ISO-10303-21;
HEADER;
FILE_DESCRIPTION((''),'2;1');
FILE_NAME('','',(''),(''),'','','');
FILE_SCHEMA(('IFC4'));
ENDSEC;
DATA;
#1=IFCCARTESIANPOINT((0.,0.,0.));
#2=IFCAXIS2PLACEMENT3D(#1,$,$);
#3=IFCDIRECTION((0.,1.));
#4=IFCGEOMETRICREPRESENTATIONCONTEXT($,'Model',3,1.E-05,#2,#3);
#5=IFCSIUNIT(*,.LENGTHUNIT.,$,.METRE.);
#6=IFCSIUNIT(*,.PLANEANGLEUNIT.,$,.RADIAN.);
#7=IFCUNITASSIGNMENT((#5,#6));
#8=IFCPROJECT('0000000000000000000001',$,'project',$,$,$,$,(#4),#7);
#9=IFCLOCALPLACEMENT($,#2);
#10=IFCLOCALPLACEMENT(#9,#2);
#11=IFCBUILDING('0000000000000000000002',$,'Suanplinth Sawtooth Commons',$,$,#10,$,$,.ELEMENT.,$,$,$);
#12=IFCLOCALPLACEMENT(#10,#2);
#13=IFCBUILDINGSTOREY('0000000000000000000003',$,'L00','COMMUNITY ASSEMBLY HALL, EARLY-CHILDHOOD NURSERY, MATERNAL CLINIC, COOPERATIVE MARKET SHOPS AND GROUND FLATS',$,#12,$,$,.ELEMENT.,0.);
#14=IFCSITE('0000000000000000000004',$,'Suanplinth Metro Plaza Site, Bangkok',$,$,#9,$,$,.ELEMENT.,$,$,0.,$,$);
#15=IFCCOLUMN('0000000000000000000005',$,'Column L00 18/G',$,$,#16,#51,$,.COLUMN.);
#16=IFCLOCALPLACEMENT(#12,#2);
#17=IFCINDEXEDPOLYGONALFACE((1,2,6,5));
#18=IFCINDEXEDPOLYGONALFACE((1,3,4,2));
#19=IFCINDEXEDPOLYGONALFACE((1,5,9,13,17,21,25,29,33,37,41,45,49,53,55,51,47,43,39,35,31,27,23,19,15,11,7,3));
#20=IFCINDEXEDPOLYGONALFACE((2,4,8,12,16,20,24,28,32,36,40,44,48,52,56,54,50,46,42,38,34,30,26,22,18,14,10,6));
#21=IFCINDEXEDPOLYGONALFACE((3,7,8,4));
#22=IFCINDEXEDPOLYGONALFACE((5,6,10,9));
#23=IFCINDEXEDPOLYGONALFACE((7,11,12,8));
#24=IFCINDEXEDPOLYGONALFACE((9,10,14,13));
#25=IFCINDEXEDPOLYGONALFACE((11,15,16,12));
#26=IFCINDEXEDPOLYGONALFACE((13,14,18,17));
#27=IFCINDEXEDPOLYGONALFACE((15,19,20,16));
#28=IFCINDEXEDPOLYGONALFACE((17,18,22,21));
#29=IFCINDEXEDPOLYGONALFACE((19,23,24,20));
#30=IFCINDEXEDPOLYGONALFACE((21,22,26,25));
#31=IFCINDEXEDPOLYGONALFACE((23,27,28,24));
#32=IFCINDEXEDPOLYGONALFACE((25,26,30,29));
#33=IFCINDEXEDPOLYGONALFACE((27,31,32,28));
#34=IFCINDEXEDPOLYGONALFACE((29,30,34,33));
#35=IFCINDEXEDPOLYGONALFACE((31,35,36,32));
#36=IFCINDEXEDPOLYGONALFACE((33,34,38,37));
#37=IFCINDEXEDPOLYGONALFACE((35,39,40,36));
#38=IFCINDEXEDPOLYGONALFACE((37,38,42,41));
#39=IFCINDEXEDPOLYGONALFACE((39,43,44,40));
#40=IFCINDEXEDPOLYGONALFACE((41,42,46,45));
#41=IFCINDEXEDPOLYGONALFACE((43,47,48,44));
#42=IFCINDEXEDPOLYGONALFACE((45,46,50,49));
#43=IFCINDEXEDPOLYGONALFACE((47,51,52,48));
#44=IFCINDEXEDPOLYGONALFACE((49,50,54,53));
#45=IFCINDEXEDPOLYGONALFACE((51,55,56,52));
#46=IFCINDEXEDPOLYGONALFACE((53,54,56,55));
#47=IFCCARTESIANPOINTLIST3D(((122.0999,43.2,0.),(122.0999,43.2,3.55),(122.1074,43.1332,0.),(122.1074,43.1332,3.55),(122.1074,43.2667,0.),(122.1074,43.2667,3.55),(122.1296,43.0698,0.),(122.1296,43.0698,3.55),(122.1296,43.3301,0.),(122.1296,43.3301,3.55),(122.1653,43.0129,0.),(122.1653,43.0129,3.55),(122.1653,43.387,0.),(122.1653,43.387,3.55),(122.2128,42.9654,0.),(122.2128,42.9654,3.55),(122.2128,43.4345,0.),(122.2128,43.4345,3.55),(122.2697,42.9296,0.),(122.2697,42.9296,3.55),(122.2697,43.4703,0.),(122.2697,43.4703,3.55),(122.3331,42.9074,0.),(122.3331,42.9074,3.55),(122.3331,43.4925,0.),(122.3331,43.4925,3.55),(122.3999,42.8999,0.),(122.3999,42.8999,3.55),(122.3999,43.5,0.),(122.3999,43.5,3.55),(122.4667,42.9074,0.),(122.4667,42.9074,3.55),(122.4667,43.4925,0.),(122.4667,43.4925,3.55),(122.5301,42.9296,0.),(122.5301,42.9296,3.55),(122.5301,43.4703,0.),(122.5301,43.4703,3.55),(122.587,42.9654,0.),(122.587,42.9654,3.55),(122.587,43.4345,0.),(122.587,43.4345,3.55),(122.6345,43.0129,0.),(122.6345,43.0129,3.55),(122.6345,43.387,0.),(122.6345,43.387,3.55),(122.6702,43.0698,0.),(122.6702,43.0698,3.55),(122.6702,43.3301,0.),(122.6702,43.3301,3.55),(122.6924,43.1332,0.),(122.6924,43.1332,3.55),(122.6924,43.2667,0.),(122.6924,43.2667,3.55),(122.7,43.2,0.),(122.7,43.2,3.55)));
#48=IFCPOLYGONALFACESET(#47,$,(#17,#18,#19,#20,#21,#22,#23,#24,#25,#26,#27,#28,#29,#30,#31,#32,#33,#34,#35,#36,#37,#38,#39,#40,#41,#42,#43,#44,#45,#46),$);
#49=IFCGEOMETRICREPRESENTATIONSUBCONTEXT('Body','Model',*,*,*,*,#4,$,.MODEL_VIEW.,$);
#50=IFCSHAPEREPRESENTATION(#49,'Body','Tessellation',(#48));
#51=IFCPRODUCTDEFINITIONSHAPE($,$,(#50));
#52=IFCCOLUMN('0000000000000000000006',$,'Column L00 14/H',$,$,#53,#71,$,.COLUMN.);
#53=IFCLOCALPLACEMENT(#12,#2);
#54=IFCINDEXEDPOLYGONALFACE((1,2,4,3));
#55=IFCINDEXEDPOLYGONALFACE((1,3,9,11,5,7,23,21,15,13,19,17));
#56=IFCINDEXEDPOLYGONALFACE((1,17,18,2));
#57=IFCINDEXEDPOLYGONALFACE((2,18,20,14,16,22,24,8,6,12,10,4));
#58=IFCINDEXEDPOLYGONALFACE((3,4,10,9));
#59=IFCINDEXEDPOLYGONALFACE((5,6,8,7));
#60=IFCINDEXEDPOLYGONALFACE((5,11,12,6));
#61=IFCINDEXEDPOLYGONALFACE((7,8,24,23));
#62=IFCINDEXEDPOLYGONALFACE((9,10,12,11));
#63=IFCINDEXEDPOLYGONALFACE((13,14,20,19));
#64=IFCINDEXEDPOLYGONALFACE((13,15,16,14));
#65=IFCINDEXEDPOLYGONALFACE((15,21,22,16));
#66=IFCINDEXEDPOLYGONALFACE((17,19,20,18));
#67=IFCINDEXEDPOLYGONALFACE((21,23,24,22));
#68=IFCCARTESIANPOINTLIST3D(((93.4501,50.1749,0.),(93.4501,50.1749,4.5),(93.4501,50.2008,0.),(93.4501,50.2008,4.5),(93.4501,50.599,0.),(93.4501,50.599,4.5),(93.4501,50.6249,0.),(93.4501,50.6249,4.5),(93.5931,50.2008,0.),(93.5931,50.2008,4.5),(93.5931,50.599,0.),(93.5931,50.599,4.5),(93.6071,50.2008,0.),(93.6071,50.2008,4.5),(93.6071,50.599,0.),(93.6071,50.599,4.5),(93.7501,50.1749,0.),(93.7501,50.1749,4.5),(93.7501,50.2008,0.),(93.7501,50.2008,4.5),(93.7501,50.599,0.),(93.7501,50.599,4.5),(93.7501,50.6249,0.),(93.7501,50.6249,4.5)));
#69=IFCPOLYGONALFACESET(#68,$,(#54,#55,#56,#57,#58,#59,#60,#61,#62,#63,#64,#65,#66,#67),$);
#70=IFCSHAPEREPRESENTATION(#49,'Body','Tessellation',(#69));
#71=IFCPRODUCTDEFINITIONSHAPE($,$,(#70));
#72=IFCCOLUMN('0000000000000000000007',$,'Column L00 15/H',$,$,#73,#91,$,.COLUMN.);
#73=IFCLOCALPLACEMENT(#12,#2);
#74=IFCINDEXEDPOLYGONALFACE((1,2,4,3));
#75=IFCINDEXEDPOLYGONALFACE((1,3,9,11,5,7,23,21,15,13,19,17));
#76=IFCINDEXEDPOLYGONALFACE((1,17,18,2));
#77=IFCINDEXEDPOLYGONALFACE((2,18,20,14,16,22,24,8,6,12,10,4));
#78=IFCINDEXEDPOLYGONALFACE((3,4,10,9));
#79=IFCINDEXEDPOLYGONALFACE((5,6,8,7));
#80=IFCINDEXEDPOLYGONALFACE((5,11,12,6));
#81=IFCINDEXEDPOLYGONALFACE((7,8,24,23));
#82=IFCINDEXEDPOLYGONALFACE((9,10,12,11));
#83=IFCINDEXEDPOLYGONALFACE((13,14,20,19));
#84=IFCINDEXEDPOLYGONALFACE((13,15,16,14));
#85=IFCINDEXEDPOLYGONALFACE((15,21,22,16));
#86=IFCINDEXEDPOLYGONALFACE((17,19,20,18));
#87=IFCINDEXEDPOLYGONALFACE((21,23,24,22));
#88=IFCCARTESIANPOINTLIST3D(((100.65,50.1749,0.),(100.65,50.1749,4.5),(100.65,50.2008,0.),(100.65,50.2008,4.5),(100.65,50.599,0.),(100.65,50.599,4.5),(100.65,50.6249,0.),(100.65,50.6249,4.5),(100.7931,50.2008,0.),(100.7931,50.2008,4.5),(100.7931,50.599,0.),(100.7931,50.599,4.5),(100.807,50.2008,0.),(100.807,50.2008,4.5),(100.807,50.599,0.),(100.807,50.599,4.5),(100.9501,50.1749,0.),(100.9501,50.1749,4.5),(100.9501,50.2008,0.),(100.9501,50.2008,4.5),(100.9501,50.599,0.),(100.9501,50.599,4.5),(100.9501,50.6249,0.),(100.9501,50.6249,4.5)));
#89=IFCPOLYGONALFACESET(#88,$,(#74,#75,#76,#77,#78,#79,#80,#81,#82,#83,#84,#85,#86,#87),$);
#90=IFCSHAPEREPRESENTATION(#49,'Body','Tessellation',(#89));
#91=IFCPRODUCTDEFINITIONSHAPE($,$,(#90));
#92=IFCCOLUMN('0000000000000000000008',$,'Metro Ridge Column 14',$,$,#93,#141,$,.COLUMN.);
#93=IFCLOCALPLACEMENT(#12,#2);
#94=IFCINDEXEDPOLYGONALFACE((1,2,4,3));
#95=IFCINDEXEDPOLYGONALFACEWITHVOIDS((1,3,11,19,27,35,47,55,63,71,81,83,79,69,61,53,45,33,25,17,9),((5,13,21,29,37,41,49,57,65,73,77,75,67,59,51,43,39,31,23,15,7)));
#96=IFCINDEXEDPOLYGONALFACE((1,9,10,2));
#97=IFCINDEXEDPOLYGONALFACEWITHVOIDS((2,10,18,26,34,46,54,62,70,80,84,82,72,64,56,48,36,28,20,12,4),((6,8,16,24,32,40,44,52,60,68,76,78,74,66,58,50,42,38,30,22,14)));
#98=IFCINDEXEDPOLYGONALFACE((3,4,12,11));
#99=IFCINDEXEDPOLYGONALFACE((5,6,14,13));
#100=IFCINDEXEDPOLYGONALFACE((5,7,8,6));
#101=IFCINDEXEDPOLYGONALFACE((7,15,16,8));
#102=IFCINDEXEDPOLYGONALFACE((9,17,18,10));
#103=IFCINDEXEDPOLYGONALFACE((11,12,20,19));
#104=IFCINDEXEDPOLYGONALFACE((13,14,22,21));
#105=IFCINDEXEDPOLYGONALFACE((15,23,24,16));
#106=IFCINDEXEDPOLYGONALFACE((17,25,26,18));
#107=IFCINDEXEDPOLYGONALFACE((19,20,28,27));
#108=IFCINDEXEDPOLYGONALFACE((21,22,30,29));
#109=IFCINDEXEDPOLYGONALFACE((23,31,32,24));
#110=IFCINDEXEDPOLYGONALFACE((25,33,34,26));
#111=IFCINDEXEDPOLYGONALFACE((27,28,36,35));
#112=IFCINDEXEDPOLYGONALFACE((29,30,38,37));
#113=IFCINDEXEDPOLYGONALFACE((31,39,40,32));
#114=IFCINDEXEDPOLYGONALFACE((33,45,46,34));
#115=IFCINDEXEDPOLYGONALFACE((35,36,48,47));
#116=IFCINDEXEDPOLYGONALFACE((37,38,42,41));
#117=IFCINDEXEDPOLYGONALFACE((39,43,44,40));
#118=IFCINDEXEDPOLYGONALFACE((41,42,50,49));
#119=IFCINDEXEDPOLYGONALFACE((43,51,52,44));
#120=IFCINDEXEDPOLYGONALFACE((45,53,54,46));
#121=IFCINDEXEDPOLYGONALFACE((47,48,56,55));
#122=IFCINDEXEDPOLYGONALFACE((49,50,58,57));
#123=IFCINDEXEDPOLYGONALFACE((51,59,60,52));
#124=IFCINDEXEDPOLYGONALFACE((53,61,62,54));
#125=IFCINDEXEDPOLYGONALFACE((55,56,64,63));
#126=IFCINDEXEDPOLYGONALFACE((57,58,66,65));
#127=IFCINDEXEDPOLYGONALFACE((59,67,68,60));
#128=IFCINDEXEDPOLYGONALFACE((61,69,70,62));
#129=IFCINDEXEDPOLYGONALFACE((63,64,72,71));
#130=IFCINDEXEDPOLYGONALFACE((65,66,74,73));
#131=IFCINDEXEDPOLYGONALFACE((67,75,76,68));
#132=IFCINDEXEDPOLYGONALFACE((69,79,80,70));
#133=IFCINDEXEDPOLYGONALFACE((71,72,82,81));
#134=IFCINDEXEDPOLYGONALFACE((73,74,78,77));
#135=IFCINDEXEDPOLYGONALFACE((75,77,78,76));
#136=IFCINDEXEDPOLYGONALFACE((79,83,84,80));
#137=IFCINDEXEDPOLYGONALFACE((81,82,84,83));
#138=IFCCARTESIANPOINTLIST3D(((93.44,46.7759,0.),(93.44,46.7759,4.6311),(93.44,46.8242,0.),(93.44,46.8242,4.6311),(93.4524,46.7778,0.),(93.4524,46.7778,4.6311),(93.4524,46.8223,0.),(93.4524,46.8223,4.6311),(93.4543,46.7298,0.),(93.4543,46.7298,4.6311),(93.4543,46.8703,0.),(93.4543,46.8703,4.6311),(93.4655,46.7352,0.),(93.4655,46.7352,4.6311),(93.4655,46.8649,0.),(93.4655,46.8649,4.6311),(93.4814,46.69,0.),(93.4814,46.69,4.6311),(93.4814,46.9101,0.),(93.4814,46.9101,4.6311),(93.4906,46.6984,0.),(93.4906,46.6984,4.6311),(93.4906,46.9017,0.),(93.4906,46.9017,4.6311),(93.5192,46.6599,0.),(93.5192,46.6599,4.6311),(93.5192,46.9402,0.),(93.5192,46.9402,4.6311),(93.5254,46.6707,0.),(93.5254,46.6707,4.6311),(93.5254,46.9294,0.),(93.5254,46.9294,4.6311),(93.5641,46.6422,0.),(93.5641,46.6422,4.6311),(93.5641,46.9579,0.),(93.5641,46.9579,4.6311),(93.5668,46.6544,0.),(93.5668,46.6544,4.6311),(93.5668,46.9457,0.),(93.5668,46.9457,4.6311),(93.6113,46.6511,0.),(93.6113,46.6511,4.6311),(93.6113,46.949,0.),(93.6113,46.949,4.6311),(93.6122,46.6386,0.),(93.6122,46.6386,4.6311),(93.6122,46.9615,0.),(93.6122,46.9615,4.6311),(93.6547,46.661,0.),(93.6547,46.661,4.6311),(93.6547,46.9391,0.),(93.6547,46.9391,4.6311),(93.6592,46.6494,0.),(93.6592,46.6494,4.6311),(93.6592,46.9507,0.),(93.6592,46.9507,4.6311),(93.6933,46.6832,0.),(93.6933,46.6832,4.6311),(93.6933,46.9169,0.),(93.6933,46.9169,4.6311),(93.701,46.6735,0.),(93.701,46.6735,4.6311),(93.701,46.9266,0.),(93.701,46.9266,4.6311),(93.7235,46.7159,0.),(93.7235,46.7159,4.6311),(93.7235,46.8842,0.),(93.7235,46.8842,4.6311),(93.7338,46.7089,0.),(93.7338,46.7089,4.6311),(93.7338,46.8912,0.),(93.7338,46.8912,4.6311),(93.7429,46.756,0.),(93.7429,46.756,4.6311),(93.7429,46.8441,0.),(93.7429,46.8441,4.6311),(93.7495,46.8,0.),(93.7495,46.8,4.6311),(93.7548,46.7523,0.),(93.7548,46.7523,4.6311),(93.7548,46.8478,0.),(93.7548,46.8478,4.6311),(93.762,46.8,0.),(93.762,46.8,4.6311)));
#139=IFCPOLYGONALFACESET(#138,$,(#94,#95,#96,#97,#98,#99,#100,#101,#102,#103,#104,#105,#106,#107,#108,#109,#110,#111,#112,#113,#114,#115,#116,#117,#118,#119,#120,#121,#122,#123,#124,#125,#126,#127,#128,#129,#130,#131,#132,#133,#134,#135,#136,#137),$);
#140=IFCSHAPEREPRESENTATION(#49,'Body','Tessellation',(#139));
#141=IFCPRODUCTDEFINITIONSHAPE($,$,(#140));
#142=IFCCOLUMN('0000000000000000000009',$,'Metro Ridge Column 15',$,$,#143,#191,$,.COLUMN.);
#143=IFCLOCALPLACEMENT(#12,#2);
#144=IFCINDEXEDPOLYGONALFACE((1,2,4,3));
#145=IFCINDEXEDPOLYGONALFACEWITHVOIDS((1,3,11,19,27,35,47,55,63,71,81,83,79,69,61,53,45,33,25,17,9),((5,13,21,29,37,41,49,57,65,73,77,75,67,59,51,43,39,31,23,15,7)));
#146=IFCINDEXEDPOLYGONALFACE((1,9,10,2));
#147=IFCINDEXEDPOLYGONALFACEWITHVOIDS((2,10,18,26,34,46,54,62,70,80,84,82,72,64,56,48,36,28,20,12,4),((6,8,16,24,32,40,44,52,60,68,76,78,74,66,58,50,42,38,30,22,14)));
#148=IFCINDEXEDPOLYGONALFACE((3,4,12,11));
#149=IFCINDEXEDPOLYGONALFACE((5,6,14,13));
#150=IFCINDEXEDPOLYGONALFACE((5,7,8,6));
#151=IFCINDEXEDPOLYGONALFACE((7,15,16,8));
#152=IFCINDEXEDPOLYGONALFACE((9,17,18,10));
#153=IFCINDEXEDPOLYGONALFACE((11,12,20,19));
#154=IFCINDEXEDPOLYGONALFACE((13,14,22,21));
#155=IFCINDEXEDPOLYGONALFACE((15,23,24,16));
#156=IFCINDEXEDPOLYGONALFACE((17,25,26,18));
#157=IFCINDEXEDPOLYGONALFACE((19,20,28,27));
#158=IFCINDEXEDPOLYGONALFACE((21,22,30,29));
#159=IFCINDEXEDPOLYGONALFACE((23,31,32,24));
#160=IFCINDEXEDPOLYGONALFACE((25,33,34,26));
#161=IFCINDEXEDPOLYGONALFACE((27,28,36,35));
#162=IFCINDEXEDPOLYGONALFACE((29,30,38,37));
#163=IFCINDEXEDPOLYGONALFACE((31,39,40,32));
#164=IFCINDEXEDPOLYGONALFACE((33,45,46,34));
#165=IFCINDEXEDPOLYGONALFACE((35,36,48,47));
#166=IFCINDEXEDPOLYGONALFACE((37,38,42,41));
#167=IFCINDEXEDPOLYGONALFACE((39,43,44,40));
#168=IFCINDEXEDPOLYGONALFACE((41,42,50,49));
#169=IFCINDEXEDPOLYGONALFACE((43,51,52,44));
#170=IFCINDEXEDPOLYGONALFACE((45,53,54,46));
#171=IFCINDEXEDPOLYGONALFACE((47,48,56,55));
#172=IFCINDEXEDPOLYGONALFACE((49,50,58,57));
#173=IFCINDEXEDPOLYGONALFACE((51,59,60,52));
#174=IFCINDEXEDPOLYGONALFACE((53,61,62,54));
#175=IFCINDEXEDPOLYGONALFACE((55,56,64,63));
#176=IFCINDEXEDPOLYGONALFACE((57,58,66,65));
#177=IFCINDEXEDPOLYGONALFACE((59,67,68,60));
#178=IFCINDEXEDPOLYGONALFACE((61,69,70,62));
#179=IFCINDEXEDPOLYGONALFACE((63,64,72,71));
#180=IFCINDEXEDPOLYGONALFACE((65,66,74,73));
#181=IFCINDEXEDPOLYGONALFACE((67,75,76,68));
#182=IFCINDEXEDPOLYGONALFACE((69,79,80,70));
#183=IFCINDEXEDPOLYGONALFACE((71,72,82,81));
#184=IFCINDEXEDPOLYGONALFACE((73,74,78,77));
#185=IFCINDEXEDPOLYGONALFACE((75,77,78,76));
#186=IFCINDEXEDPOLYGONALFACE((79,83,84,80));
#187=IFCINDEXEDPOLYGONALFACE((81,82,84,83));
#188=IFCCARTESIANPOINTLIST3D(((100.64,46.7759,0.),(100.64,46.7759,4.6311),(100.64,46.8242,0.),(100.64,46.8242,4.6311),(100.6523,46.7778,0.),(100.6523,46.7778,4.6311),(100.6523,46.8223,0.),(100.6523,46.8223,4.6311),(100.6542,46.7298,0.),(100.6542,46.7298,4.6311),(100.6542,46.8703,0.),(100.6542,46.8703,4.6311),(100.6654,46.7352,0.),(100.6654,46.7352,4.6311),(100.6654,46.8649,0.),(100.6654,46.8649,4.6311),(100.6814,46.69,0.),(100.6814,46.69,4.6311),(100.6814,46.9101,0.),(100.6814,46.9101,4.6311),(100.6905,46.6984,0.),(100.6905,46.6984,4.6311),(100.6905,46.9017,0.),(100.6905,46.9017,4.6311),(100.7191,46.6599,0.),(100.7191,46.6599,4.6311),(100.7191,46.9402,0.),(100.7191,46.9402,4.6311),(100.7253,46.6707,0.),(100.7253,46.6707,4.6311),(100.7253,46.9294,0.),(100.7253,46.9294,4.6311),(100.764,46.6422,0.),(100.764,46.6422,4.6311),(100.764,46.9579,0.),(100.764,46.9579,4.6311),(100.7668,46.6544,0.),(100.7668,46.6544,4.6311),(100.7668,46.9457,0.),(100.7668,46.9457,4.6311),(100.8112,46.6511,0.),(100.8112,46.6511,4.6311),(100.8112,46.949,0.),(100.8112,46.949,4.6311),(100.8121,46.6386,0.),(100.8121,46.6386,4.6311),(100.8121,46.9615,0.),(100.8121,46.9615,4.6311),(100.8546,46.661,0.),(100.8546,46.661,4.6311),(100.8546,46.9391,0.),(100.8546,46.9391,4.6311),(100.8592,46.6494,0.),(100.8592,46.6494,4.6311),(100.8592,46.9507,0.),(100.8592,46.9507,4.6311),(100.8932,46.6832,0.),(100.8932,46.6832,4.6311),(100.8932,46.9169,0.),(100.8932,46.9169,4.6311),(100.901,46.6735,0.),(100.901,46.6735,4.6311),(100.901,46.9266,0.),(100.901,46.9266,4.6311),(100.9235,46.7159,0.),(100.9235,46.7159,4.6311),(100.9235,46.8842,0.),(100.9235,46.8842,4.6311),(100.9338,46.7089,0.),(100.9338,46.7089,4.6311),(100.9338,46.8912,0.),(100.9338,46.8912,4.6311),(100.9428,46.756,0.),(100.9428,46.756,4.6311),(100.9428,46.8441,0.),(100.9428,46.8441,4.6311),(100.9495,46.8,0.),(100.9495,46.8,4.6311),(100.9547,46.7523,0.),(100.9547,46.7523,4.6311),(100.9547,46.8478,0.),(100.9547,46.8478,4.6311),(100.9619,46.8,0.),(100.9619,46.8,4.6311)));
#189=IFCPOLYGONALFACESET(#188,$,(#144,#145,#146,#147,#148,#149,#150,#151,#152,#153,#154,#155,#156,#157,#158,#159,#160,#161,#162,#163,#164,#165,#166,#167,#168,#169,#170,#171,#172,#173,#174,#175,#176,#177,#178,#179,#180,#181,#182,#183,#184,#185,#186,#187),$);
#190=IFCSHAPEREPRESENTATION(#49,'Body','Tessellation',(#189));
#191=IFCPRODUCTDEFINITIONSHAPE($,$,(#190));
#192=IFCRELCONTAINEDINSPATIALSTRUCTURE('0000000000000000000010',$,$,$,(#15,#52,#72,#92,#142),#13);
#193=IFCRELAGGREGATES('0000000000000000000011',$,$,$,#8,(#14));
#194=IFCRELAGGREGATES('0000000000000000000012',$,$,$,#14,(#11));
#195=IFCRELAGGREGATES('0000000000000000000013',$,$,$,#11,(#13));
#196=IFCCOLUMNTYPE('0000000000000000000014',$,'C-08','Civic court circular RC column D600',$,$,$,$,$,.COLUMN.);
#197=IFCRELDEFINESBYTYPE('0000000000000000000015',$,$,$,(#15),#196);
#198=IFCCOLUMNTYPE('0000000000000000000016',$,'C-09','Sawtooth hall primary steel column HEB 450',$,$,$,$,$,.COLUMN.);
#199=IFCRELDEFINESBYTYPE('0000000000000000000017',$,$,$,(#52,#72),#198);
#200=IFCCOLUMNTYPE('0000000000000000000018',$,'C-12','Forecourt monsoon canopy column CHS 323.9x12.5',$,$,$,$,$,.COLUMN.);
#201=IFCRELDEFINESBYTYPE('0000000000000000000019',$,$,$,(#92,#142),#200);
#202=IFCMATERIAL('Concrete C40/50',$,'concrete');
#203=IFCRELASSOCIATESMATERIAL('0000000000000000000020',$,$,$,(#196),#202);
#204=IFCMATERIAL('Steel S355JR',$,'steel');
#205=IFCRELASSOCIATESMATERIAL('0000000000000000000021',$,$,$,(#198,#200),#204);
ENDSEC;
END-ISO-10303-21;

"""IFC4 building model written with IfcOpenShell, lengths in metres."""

from ifc_helpers import new_model, si_unit, direction, frame, origin, origin_2d, place, context, subcontext, project, spatial, circle, hollow_circle, i_section, extrude, material, material_profile, profile_set, type_object, element, save


model = new_model("IFC4")

# Units and contexts
model_context = context("Model", 3, precision=1e-05, world=origin(), true_north=direction((0.0, 1.0)))
body_context = subcontext(model_context, "Body", "Model", "MODEL_VIEW")
ifc_project = project(units=[si_unit("LENGTHUNIT", "METRE"), si_unit("PLANEANGLEUNIT", "RADIAN")], contexts=[model_context])

# Site, building, storey
site_placement = place(None, origin())
site = spatial("IfcSite", under=ifc_project, at=site_placement, Name="Suanplinth Metro Plaza Site, Bangkok", CompositionType="ELEMENT", RefElevation=0.0)
building_placement = place(site_placement, origin())
building = spatial("IfcBuilding", under=site, at=building_placement, Name="Suanplinth Sawtooth Commons", CompositionType="ELEMENT")
storey_placement = place(building_placement, origin())
storey = spatial("IfcBuildingStorey", under=building, at=storey_placement, Name="L00", Description="COMMUNITY ASSEMBLY HALL, EARLY-CHILDHOOD NURSERY, MATERNAL CLINIC, COOPERATIVE MARKET SHOPS AND GROUND FLATS", CompositionType="ELEMENT", Elevation=0.0)

# Columns
ifc_material_1 = material(Name="Concrete C40/50", Category="concrete")
ifc_material_profile_1 = material_profile(ifc_material_1, circle(Radius=0.3, at=origin_2d()), Name="RC-CIRC D600")
ifc_profile_set_1 = profile_set([ifc_material_profile_1], Name="Concrete C40/50")
column_type_1 = type_object("IfcColumnType", Name="C-08", Description="Civic court circular RC column D600", PredefinedType="COLUMN", material=ifc_profile_set_1)
for number, where, z_axis, x_axis, name in (
    (1, (122.3999, 43.2, 0.0), (0.0, 0.0, 1.0), (1.0, 0.0, 0.0), "Column L00 18/G"),
):
    element("IfcColumn", number, at=place(storey_placement, frame(where, z_axis=z_axis, x_axis=x_axis)), inside=storey, type_object=column_type_1, Name=name, PredefinedType="COLUMN", context=body_context, shape_type="SweptSolid", body=[
        extrude(circle(Radius=0.3, at=origin_2d()), origin(), (0.0, 0.0, 1.0), 3.55),
    ])
ifc_material_2 = material(Name="Steel S355JR", Category="steel")
ifc_material_profile_2 = material_profile(ifc_material_2, i_section(OverallWidth=0.3, OverallDepth=0.45, WebThickness=0.0139, FlangeThickness=0.0259, at=origin_2d()), Name="HEB 450")
ifc_profile_set_2 = profile_set([ifc_material_profile_2], Name="Steel S355JR")
column_type_2 = type_object("IfcColumnType", Name="C-09", Description="Sawtooth hall primary steel column HEB 450", PredefinedType="COLUMN", material=ifc_profile_set_2)
for number, where, z_axis, x_axis, name in (
    (2, (93.6001, 50.3999, 0.0), (0.0, 0.0, 1.0), (1.0, 0.0, 0.0), "Column L00 14/H"),
    (3, (100.8, 50.3999, 0.0), (0.0, 0.0, 1.0), (1.0, 0.0, 0.0), "Column L00 15/H"),
):
    element("IfcColumn", number, at=place(storey_placement, frame(where, z_axis=z_axis, x_axis=x_axis)), inside=storey, type_object=column_type_2, Name=name, PredefinedType="COLUMN", context=body_context, shape_type="SweptSolid", body=[
        extrude(i_section(OverallWidth=0.3, OverallDepth=0.45, WebThickness=0.0139, FlangeThickness=0.0259, at=origin_2d()), origin(), (0.0, 0.0, 1.0), 4.5),
    ])
ifc_material_profile_3 = material_profile(ifc_material_2, hollow_circle(Radius=0.1619, WallThickness=0.0125, at=origin_2d()), Name="CHS 323.9x12.5")
ifc_profile_set_3 = profile_set([ifc_material_profile_3], Name="Steel S355JR")
column_type_3 = type_object("IfcColumnType", Name="C-12", Description="Forecourt monsoon canopy column CHS 323.9x12.5", PredefinedType="COLUMN", material=ifc_profile_set_3)
for number, where, z_axis, x_axis, name in (
    (4, (93.6001, 46.8, 0.0), (0.0, 0.0, 1.0), (1.0, 0.0, 0.0), "Metro Ridge Column 14"),
    (5, (100.8, 46.8, 0.0), (0.0, 0.0, 1.0), (1.0, 0.0, 0.0), "Metro Ridge Column 15"),
):
    element("IfcColumn", number, at=place(storey_placement, frame(where, z_axis=z_axis, x_axis=x_axis)), inside=storey, type_object=column_type_3, Name=name, PredefinedType="COLUMN", context=body_context, shape_type="SweptSolid", body=[
        extrude(hollow_circle(Radius=0.1619, WallThickness=0.0125, at=origin_2d()), origin(), (0.0, 0.0, 1.0), 4.6311),
    ])

save(model, "model.ifc")
